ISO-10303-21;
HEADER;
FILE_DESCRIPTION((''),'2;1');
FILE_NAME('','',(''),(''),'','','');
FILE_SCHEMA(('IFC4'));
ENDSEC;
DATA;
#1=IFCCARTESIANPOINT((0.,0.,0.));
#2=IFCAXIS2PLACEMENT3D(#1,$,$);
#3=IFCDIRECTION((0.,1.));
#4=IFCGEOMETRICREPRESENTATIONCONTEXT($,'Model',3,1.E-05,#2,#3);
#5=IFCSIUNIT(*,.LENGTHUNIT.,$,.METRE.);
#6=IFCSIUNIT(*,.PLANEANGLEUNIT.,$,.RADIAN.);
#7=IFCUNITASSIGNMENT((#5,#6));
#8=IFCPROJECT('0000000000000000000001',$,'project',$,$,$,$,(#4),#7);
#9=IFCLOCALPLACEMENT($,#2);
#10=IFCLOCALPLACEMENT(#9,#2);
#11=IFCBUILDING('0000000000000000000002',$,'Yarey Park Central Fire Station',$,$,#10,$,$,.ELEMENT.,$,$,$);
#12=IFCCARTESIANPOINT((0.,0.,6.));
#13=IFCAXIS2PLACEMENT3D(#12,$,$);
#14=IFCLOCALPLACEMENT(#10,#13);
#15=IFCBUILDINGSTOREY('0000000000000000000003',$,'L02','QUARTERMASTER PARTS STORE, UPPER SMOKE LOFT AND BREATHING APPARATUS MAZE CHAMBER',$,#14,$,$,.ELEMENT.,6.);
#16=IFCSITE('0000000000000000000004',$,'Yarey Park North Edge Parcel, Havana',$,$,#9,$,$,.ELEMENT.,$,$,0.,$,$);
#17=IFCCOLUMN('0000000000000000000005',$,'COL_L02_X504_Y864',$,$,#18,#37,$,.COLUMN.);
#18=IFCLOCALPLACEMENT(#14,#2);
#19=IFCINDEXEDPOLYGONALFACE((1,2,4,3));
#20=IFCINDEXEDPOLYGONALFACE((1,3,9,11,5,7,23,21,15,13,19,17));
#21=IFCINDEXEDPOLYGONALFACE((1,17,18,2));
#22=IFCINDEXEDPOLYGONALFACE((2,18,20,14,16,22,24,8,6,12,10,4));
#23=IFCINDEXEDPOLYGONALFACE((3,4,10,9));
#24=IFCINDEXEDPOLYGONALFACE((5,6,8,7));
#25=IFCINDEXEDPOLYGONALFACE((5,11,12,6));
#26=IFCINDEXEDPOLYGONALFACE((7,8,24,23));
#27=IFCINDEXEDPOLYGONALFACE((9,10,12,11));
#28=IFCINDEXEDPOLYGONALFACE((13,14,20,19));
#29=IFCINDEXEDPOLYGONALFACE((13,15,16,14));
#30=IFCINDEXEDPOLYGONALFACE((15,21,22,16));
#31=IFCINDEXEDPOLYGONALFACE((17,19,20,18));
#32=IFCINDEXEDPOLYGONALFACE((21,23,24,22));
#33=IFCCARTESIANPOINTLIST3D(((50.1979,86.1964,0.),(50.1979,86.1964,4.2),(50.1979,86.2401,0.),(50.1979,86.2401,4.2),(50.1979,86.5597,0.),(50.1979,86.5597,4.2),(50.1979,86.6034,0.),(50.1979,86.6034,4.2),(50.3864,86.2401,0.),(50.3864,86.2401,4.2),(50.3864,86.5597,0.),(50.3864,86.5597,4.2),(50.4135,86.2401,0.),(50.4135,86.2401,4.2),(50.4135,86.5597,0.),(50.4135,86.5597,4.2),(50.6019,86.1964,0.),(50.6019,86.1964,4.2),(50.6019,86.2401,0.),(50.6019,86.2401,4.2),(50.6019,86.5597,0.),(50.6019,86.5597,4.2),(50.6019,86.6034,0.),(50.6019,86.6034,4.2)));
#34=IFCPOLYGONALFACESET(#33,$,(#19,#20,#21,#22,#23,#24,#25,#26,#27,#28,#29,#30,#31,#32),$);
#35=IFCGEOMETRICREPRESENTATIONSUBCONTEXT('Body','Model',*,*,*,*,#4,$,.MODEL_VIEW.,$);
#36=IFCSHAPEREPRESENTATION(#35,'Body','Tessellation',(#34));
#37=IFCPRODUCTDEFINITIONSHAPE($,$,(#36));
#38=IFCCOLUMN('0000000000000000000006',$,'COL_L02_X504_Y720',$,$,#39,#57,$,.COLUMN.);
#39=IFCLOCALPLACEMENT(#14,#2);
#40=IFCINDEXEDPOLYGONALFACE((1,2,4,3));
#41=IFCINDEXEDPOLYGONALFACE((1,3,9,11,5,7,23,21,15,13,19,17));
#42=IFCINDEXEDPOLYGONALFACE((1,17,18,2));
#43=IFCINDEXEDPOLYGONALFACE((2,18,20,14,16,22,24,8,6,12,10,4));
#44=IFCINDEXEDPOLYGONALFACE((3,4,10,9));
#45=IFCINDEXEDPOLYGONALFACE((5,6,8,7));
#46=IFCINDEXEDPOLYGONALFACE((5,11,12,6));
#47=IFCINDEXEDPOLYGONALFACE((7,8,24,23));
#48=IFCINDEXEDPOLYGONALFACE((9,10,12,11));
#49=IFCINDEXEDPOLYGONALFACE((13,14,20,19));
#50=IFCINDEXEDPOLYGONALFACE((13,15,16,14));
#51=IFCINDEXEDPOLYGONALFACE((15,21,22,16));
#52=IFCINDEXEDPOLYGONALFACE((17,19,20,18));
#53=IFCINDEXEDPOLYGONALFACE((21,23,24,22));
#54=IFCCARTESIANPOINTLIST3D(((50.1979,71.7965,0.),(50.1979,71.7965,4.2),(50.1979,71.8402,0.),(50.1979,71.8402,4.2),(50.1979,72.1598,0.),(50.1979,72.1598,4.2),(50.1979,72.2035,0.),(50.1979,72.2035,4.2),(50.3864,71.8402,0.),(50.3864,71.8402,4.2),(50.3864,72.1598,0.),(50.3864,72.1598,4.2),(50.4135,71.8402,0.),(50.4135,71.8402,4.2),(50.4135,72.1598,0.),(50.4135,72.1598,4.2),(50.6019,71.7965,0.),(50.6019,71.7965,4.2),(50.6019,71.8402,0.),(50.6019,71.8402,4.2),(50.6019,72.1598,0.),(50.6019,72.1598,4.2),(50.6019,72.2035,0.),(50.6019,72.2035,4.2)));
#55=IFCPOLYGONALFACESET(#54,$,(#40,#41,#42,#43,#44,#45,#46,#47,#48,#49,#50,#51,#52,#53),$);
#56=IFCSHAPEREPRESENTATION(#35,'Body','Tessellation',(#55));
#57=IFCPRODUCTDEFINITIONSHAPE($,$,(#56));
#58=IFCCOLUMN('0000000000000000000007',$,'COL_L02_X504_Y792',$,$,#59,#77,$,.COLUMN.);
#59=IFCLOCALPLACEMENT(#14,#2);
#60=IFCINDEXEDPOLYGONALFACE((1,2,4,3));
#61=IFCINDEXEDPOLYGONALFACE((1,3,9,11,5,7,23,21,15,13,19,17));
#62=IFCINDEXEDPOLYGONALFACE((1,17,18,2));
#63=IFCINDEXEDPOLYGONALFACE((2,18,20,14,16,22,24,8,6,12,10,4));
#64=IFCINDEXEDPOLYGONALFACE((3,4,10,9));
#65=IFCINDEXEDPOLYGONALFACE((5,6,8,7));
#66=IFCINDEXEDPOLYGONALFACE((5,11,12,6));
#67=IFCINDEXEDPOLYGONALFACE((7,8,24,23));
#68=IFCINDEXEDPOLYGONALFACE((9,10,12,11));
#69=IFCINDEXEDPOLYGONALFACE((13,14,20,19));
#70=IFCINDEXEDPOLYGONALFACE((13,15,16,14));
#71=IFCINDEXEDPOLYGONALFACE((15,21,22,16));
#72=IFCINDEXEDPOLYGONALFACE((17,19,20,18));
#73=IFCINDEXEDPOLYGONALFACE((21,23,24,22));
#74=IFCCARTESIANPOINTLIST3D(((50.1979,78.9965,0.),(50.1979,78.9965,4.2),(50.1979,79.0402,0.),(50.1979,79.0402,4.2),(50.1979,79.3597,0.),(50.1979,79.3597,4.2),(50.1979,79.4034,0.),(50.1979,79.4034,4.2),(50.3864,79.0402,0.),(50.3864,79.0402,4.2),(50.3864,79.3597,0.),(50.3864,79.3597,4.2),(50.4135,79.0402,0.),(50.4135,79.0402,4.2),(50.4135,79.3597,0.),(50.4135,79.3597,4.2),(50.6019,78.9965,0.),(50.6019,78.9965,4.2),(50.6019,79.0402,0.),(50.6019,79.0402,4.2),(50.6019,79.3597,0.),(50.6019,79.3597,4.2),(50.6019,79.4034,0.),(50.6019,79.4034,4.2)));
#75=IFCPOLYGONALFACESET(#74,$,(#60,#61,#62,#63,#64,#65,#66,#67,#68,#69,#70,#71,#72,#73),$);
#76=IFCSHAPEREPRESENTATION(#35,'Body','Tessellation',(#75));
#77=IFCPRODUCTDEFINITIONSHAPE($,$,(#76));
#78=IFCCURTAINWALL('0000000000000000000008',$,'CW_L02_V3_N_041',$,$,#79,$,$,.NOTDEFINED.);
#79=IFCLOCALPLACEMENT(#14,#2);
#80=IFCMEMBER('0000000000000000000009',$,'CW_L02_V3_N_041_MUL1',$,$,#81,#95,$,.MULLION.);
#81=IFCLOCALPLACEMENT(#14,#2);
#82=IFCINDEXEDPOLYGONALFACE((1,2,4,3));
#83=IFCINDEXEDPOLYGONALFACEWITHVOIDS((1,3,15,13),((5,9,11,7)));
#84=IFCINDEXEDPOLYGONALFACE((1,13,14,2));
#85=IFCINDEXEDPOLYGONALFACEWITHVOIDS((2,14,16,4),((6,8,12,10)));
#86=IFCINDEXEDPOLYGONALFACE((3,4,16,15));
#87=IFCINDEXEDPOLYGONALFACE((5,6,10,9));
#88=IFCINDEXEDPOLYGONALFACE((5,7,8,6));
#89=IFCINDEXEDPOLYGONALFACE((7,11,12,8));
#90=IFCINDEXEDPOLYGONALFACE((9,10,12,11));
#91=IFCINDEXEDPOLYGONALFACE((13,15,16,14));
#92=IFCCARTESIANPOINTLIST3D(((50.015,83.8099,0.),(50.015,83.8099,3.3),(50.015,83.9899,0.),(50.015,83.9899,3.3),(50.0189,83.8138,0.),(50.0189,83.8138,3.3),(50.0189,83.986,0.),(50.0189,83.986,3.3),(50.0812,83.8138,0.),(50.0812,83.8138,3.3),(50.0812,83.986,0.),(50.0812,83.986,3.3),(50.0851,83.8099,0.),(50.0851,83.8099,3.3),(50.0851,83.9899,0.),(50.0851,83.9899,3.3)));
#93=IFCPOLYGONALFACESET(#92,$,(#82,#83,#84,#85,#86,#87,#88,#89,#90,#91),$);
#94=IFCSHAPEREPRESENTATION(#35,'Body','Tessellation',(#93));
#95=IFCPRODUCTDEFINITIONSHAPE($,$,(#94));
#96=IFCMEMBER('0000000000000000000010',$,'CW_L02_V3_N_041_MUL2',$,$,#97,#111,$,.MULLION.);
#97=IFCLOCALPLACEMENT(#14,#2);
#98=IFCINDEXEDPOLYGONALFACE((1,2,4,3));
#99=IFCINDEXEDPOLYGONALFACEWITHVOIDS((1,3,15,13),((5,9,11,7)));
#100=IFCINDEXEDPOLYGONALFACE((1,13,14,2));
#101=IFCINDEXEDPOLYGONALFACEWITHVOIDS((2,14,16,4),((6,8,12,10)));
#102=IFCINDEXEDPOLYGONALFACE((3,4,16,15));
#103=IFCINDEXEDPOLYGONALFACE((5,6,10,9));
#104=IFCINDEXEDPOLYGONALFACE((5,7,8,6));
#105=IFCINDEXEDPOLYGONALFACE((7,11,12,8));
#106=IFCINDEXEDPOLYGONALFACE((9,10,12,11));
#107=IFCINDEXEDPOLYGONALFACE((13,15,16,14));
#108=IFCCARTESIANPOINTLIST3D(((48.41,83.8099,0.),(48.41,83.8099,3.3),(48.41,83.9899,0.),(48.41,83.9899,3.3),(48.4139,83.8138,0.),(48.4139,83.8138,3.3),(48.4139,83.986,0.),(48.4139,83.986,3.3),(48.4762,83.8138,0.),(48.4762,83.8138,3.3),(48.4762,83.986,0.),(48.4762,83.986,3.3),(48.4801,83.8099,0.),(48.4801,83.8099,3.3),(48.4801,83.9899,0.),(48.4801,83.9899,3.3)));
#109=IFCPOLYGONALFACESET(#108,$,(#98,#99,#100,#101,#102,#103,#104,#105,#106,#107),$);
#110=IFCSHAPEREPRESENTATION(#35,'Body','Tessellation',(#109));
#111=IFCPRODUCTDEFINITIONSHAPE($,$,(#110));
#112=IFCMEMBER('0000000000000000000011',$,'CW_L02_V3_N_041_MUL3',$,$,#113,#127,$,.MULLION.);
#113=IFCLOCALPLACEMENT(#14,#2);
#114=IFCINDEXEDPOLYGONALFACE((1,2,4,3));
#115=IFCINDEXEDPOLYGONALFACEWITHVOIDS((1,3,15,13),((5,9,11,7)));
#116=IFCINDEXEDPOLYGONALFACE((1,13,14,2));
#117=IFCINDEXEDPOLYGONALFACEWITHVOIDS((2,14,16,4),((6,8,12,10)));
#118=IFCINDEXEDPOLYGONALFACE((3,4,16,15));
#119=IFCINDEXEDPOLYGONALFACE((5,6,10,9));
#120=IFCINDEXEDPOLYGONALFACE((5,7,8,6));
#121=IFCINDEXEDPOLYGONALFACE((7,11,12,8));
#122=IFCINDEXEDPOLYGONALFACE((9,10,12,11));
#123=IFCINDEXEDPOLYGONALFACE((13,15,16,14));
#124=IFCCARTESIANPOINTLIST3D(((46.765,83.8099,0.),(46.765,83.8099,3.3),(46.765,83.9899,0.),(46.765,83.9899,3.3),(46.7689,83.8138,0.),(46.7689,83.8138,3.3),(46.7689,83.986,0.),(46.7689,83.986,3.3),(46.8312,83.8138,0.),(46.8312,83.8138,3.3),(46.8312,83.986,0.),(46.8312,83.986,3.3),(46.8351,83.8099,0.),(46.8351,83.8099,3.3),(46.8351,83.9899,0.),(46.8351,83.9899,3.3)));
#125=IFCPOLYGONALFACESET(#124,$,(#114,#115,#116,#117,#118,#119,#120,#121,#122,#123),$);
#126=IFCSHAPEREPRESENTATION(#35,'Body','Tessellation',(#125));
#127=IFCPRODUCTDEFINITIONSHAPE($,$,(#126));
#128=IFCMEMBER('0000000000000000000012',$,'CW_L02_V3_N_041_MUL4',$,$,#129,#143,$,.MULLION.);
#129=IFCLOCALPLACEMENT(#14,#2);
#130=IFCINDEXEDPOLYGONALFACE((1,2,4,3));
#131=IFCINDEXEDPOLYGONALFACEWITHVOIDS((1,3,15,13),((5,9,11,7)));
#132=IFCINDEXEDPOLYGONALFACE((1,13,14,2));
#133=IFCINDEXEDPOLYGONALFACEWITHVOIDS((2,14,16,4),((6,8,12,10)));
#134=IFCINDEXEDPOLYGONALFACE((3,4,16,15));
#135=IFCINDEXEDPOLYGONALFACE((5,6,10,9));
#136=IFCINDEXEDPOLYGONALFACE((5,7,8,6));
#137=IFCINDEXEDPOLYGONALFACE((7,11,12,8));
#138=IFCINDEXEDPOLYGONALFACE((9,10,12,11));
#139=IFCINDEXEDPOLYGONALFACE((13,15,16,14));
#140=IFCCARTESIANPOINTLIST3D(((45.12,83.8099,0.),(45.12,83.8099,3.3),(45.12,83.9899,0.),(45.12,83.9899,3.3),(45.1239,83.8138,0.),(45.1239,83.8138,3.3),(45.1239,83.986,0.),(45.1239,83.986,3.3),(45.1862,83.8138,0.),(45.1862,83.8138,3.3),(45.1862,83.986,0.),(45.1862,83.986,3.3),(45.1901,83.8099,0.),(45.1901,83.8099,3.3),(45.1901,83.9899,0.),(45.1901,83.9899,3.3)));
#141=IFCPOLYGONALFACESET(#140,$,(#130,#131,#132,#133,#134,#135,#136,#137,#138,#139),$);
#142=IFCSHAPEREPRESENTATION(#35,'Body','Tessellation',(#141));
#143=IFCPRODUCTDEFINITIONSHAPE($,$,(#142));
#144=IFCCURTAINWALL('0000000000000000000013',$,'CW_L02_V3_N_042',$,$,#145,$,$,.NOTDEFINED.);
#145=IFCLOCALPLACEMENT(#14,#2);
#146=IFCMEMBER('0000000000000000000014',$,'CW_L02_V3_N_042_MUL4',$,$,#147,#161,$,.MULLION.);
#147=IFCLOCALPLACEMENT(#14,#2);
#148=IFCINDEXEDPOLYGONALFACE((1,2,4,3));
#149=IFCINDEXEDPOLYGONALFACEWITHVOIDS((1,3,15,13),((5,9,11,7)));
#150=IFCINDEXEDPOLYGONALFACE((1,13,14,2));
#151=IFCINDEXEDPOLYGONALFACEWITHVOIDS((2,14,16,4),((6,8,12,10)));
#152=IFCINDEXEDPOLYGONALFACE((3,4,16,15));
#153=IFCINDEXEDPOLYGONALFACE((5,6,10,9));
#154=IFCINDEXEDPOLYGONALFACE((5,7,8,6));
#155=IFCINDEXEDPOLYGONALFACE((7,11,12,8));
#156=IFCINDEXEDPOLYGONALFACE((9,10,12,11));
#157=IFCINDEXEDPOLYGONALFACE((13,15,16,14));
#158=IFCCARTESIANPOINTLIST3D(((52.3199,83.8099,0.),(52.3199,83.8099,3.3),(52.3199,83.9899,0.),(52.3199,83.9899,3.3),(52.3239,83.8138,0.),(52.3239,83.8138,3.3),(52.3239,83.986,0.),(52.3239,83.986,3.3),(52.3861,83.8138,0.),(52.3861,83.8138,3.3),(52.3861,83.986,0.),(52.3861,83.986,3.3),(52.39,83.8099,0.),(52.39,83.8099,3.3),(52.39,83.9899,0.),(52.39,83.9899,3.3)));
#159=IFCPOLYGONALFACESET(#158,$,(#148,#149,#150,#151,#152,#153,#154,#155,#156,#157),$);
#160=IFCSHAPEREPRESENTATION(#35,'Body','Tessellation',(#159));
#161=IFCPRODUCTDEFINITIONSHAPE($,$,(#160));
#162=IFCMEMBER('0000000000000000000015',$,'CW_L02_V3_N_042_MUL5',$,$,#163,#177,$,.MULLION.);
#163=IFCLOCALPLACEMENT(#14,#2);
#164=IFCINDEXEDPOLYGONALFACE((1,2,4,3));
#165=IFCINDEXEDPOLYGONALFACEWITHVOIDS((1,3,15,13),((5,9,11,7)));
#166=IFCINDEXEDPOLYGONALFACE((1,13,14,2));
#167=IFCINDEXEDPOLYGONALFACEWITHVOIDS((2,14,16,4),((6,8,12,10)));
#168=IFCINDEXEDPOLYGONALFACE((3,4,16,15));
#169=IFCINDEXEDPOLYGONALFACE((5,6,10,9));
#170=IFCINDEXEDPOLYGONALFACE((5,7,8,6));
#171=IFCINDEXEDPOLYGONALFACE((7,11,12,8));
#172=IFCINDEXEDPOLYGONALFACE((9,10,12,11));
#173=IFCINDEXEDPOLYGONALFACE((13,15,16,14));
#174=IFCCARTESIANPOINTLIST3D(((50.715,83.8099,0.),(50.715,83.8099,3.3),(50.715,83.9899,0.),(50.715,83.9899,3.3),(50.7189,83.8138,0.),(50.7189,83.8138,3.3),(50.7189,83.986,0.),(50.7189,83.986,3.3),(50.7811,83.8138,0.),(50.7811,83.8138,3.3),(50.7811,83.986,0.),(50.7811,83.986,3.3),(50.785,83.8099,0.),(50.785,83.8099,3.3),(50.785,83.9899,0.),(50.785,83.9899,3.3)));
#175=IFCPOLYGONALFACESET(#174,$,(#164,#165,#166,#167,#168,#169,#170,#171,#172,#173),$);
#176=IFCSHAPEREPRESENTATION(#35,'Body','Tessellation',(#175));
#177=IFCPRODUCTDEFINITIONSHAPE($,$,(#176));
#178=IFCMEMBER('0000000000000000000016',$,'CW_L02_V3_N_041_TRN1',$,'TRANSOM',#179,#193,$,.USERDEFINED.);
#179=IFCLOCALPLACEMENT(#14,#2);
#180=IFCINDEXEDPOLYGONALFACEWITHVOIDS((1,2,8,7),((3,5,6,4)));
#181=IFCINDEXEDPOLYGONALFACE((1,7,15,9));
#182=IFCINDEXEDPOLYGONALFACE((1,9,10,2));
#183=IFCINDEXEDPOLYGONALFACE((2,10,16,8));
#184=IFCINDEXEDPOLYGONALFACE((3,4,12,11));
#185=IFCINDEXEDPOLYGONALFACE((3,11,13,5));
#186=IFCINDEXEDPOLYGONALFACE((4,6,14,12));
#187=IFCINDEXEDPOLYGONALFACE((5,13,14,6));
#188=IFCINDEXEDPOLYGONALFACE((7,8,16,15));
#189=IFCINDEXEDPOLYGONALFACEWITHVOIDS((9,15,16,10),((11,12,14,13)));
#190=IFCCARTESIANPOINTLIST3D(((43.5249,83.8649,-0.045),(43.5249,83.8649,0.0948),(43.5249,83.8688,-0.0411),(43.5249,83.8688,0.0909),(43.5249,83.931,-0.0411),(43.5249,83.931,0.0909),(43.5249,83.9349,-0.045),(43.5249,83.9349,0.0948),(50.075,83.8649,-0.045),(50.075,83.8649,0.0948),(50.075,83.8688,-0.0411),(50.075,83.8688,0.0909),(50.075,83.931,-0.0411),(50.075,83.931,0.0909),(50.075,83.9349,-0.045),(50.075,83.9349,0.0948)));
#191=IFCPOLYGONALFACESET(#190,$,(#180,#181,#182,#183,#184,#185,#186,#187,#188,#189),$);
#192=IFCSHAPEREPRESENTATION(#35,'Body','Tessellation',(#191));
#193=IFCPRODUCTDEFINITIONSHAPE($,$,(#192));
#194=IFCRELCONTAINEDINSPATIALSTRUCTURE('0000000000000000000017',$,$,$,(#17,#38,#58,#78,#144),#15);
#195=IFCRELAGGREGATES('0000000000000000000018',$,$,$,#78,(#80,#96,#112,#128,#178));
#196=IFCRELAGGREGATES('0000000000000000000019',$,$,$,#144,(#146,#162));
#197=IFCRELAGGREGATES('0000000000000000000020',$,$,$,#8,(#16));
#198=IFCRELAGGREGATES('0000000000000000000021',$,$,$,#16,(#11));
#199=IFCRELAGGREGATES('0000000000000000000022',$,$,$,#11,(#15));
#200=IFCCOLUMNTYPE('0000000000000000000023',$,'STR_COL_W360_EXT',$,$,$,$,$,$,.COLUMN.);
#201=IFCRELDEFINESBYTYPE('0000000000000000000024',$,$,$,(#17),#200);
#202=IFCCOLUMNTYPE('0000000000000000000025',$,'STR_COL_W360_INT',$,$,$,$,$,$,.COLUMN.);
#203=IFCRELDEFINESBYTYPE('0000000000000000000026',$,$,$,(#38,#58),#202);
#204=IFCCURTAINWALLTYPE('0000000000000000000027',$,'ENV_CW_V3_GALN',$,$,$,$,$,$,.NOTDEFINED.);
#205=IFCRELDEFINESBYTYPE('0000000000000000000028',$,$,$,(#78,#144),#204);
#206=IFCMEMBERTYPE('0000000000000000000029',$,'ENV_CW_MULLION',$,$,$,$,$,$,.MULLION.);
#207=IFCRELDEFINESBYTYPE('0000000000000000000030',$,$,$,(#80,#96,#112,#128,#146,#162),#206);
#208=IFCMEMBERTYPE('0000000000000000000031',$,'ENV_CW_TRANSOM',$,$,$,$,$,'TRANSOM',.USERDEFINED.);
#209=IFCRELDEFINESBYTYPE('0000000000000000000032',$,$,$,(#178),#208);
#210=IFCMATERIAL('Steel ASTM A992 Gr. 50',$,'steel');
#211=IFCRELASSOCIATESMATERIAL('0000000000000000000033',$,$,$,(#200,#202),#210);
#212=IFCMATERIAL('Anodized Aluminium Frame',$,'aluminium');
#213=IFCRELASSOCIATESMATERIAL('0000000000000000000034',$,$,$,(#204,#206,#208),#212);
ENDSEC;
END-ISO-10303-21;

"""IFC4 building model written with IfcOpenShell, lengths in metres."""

from ifc_helpers import new_model, si_unit, direction, frame, origin, origin_2d, place, context, subcontext, project, spatial, hollow_rectangle, i_section, extrude, material, material_profile, profile_set, type_object, element, aggregate, save


model = new_model("IFC4")

# Units and contexts
model_context = context("Model", 3, precision=1e-05, world=origin(), true_north=direction((0.0, 1.0)))
body_context = subcontext(model_context, "Body", "Model", "MODEL_VIEW")
ifc_project = project(units=[si_unit("LENGTHUNIT", "METRE"), si_unit("PLANEANGLEUNIT", "RADIAN")], contexts=[model_context])

# Site, building, storey
site_placement = place(None, origin())
site = spatial("IfcSite", under=ifc_project, at=site_placement, Name="Yarey Park North Edge Parcel, Havana", CompositionType="ELEMENT", RefElevation=0.0)
building_placement = place(site_placement, origin())
building = spatial("IfcBuilding", under=site, at=building_placement, Name="Yarey Park Central Fire Station", CompositionType="ELEMENT")
storey_placement = place(building_placement, frame((0.0, 0.0, 6.0)))
storey = spatial("IfcBuildingStorey", under=building, at=storey_placement, Name="L02", Description="QUARTERMASTER PARTS STORE, UPPER SMOKE LOFT AND BREATHING APPARATUS MAZE CHAMBER", CompositionType="ELEMENT", Elevation=6.0)

# Columns
ifc_material_1 = material(Name="Steel ASTM A992 Gr. 50", Category="steel")
ifc_material_profile_1 = material_profile(ifc_material_1, i_section(OverallWidth=0.4041, OverallDepth=0.407, WebThickness=0.0271, FlangeThickness=0.0437, at=origin_2d()), Name="W360x347")
ifc_profile_set_1 = profile_set([ifc_material_profile_1], Name="Steel ASTM A992 Gr. 50")
column_type_1 = type_object("IfcColumnType", Name="STR_COL_W360_EXT", PredefinedType="COLUMN", material=ifc_profile_set_1)
column_placement = place(storey_placement, frame((50.3999, 86.3999, 0.0), z_axis=(0.0, 0.0, 1.0), x_axis=(1.0, 0.0, 0.0)))
element("IfcColumn", 1, at=column_placement, inside=storey, type_object=column_type_1, Name="COL_L02_X504_Y864", PredefinedType="COLUMN", context=body_context, shape_type="SweptSolid", body=[
    extrude(i_section(OverallWidth=0.4041, OverallDepth=0.407, WebThickness=0.0271, FlangeThickness=0.0437, at=origin_2d()), origin(), (0.0, 0.0, 1.0), 4.2),
])
ifc_material_profile_2 = material_profile(ifc_material_1, i_section(OverallWidth=0.4041, OverallDepth=0.407, WebThickness=0.0271, FlangeThickness=0.0437, at=origin_2d()), Name="W360x347")
ifc_profile_set_2 = profile_set([ifc_material_profile_2], Name="Steel ASTM A992 Gr. 50")
column_type_2 = type_object("IfcColumnType", Name="STR_COL_W360_INT", PredefinedType="COLUMN", material=ifc_profile_set_2)
for number, where, z_axis, x_axis, name in (
    (2, (50.3999, 72.0, 0.0), (0.0, 0.0, 1.0), (1.0, 0.0, 0.0), "COL_L02_X504_Y720"),
    (3, (50.3999, 79.2, 0.0), (0.0, 0.0, 1.0), (1.0, 0.0, 0.0), "COL_L02_X504_Y792"),
):
    element("IfcColumn", number, at=place(storey_placement, frame(where, z_axis=z_axis, x_axis=x_axis)), inside=storey, type_object=column_type_2, Name=name, PredefinedType="COLUMN", context=body_context, shape_type="SweptSolid", body=[
        extrude(i_section(OverallWidth=0.4041, OverallDepth=0.407, WebThickness=0.0271, FlangeThickness=0.0437, at=origin_2d()), origin(), (0.0, 0.0, 1.0), 4.2),
    ])

# Curtain walls, members
ifc_material_2 = material(Name="Anodized Aluminium Frame", Category="aluminium")
curtain_wall_type = type_object("IfcCurtainWallType", Name="ENV_CW_V3_GALN", PredefinedType="NOTDEFINED", material=ifc_material_2)
curtain_wall_1_placement = place(storey_placement, origin())
curtain_wall_1 = element("IfcCurtainWall", 4, at=curtain_wall_1_placement, inside=storey, type_object=curtain_wall_type, Name="CW_L02_V3_N_041", PredefinedType="NOTDEFINED")
ifc_material_profile_3 = material_profile(ifc_material_2, hollow_rectangle(XDim=0.0701, YDim=0.1799, WallThickness=0.0039, at=origin_2d()), Name="ALU 180x70x4")
ifc_profile_set_3 = profile_set([ifc_material_profile_3], Name="Anodized Aluminium Frame")
member_type_1 = type_object("IfcMemberType", Name="ENV_CW_MULLION", PredefinedType="MULLION", material=ifc_profile_set_3)
member_1_placement = place(storey_placement, frame((50.05, 83.8999, 0.0), z_axis=(0.0, 0.0, 1.0), x_axis=(1.0, 0.0, 0.0)))
member_1 = element("IfcMember", 5, at=member_1_placement, type_object=member_type_1, Name="CW_L02_V3_N_041_MUL1", PredefinedType="MULLION", context=body_context, shape_type="SweptSolid", body=[
    extrude(hollow_rectangle(XDim=0.0701, YDim=0.1799, WallThickness=0.0039, at=origin_2d()), origin(), (0.0, 0.0, 1.0), 3.3),
])
member_2_placement = place(storey_placement, frame((48.4451, 83.8999, 0.0), z_axis=(0.0, 0.0, 1.0), x_axis=(1.0, 0.0, 0.0)))
member_2 = element("IfcMember", 6, at=member_2_placement, type_object=member_type_1, Name="CW_L02_V3_N_041_MUL2", PredefinedType="MULLION", context=body_context, shape_type="SweptSolid", body=[
    extrude(hollow_rectangle(XDim=0.0701, YDim=0.1799, WallThickness=0.0039, at=origin_2d()), origin(), (0.0, 0.0, 1.0), 3.3),
])
member_3_placement = place(storey_placement, frame((46.8, 83.8999, 0.0), z_axis=(0.0, 0.0, 1.0), x_axis=(1.0, 0.0, 0.0)))
member_3 = element("IfcMember", 7, at=member_3_placement, type_object=member_type_1, Name="CW_L02_V3_N_041_MUL3", PredefinedType="MULLION", context=body_context, shape_type="SweptSolid", body=[
    extrude(hollow_rectangle(XDim=0.0701, YDim=0.1799, WallThickness=0.0039, at=origin_2d()), origin(), (0.0, 0.0, 1.0), 3.3),
])
member_4_placement = place(storey_placement, frame((45.155, 83.8999, 0.0), z_axis=(0.0, 0.0, 1.0), x_axis=(1.0, 0.0, 0.0)))
member_4 = element("IfcMember", 8, at=member_4_placement, type_object=member_type_1, Name="CW_L02_V3_N_041_MUL4", PredefinedType="MULLION", context=body_context, shape_type="SweptSolid", body=[
    extrude(hollow_rectangle(XDim=0.0701, YDim=0.1799, WallThickness=0.0039, at=origin_2d()), origin(), (0.0, 0.0, 1.0), 3.3),
])
curtain_wall_2_placement = place(storey_placement, origin())
curtain_wall_2 = element("IfcCurtainWall", 9, at=curtain_wall_2_placement, inside=storey, type_object=curtain_wall_type, Name="CW_L02_V3_N_042", PredefinedType="NOTDEFINED")
member_5_placement = place(storey_placement, frame((52.355, 83.8999, 0.0), z_axis=(0.0, 0.0, 1.0), x_axis=(1.0, 0.0, 0.0)))
member_5 = element("IfcMember", 10, at=member_5_placement, type_object=member_type_1, Name="CW_L02_V3_N_042_MUL4", PredefinedType="MULLION", context=body_context, shape_type="SweptSolid", body=[
    extrude(hollow_rectangle(XDim=0.0701, YDim=0.1799, WallThickness=0.0039, at=origin_2d()), origin(), (0.0, 0.0, 1.0), 3.3),
])
member_6_placement = place(storey_placement, frame((50.75, 83.8999, 0.0), z_axis=(0.0, 0.0, 1.0), x_axis=(1.0, 0.0, 0.0)))
member_6 = element("IfcMember", 11, at=member_6_placement, type_object=member_type_1, Name="CW_L02_V3_N_042_MUL5", PredefinedType="MULLION", context=body_context, shape_type="SweptSolid", body=[
    extrude(hollow_rectangle(XDim=0.0701, YDim=0.1799, WallThickness=0.0039, at=origin_2d()), origin(), (0.0, 0.0, 1.0), 3.3),
])

# Member
ifc_material_profile_4 = material_profile(ifc_material_2, hollow_rectangle(XDim=0.0701, YDim=0.1399, WallThickness=0.0039, at=origin_2d()), Name="ALU 140x70x4")
ifc_profile_set_4 = profile_set([ifc_material_profile_4], Name="Anodized Aluminium Frame")
member_type_2 = type_object("IfcMemberType", Name="ENV_CW_TRANSOM", ElementType="TRANSOM", PredefinedType="USERDEFINED", material=ifc_profile_set_4)
member_7_placement = place(storey_placement, frame((50.075, 83.8999, 0.0249), z_axis=(-1.0, 0.0, 0.0), x_axis=(0.0, -1.0, 0.0)))
member_7 = element("IfcMember", 12, at=member_7_placement, type_object=member_type_2, Name="CW_L02_V3_N_041_TRN1", ObjectType="TRANSOM", PredefinedType="USERDEFINED", context=body_context, shape_type="SweptSolid", body=[
    extrude(hollow_rectangle(XDim=0.0701, YDim=0.1399, WallThickness=0.0039, at=origin_2d()), origin(), (0.0, 0.0, 1.0), 6.55),
])

aggregate(curtain_wall_1, [member_1, member_2, member_3, member_4, member_7])
aggregate(curtain_wall_2, [member_5, member_6])

save(model, "model.ifc")
